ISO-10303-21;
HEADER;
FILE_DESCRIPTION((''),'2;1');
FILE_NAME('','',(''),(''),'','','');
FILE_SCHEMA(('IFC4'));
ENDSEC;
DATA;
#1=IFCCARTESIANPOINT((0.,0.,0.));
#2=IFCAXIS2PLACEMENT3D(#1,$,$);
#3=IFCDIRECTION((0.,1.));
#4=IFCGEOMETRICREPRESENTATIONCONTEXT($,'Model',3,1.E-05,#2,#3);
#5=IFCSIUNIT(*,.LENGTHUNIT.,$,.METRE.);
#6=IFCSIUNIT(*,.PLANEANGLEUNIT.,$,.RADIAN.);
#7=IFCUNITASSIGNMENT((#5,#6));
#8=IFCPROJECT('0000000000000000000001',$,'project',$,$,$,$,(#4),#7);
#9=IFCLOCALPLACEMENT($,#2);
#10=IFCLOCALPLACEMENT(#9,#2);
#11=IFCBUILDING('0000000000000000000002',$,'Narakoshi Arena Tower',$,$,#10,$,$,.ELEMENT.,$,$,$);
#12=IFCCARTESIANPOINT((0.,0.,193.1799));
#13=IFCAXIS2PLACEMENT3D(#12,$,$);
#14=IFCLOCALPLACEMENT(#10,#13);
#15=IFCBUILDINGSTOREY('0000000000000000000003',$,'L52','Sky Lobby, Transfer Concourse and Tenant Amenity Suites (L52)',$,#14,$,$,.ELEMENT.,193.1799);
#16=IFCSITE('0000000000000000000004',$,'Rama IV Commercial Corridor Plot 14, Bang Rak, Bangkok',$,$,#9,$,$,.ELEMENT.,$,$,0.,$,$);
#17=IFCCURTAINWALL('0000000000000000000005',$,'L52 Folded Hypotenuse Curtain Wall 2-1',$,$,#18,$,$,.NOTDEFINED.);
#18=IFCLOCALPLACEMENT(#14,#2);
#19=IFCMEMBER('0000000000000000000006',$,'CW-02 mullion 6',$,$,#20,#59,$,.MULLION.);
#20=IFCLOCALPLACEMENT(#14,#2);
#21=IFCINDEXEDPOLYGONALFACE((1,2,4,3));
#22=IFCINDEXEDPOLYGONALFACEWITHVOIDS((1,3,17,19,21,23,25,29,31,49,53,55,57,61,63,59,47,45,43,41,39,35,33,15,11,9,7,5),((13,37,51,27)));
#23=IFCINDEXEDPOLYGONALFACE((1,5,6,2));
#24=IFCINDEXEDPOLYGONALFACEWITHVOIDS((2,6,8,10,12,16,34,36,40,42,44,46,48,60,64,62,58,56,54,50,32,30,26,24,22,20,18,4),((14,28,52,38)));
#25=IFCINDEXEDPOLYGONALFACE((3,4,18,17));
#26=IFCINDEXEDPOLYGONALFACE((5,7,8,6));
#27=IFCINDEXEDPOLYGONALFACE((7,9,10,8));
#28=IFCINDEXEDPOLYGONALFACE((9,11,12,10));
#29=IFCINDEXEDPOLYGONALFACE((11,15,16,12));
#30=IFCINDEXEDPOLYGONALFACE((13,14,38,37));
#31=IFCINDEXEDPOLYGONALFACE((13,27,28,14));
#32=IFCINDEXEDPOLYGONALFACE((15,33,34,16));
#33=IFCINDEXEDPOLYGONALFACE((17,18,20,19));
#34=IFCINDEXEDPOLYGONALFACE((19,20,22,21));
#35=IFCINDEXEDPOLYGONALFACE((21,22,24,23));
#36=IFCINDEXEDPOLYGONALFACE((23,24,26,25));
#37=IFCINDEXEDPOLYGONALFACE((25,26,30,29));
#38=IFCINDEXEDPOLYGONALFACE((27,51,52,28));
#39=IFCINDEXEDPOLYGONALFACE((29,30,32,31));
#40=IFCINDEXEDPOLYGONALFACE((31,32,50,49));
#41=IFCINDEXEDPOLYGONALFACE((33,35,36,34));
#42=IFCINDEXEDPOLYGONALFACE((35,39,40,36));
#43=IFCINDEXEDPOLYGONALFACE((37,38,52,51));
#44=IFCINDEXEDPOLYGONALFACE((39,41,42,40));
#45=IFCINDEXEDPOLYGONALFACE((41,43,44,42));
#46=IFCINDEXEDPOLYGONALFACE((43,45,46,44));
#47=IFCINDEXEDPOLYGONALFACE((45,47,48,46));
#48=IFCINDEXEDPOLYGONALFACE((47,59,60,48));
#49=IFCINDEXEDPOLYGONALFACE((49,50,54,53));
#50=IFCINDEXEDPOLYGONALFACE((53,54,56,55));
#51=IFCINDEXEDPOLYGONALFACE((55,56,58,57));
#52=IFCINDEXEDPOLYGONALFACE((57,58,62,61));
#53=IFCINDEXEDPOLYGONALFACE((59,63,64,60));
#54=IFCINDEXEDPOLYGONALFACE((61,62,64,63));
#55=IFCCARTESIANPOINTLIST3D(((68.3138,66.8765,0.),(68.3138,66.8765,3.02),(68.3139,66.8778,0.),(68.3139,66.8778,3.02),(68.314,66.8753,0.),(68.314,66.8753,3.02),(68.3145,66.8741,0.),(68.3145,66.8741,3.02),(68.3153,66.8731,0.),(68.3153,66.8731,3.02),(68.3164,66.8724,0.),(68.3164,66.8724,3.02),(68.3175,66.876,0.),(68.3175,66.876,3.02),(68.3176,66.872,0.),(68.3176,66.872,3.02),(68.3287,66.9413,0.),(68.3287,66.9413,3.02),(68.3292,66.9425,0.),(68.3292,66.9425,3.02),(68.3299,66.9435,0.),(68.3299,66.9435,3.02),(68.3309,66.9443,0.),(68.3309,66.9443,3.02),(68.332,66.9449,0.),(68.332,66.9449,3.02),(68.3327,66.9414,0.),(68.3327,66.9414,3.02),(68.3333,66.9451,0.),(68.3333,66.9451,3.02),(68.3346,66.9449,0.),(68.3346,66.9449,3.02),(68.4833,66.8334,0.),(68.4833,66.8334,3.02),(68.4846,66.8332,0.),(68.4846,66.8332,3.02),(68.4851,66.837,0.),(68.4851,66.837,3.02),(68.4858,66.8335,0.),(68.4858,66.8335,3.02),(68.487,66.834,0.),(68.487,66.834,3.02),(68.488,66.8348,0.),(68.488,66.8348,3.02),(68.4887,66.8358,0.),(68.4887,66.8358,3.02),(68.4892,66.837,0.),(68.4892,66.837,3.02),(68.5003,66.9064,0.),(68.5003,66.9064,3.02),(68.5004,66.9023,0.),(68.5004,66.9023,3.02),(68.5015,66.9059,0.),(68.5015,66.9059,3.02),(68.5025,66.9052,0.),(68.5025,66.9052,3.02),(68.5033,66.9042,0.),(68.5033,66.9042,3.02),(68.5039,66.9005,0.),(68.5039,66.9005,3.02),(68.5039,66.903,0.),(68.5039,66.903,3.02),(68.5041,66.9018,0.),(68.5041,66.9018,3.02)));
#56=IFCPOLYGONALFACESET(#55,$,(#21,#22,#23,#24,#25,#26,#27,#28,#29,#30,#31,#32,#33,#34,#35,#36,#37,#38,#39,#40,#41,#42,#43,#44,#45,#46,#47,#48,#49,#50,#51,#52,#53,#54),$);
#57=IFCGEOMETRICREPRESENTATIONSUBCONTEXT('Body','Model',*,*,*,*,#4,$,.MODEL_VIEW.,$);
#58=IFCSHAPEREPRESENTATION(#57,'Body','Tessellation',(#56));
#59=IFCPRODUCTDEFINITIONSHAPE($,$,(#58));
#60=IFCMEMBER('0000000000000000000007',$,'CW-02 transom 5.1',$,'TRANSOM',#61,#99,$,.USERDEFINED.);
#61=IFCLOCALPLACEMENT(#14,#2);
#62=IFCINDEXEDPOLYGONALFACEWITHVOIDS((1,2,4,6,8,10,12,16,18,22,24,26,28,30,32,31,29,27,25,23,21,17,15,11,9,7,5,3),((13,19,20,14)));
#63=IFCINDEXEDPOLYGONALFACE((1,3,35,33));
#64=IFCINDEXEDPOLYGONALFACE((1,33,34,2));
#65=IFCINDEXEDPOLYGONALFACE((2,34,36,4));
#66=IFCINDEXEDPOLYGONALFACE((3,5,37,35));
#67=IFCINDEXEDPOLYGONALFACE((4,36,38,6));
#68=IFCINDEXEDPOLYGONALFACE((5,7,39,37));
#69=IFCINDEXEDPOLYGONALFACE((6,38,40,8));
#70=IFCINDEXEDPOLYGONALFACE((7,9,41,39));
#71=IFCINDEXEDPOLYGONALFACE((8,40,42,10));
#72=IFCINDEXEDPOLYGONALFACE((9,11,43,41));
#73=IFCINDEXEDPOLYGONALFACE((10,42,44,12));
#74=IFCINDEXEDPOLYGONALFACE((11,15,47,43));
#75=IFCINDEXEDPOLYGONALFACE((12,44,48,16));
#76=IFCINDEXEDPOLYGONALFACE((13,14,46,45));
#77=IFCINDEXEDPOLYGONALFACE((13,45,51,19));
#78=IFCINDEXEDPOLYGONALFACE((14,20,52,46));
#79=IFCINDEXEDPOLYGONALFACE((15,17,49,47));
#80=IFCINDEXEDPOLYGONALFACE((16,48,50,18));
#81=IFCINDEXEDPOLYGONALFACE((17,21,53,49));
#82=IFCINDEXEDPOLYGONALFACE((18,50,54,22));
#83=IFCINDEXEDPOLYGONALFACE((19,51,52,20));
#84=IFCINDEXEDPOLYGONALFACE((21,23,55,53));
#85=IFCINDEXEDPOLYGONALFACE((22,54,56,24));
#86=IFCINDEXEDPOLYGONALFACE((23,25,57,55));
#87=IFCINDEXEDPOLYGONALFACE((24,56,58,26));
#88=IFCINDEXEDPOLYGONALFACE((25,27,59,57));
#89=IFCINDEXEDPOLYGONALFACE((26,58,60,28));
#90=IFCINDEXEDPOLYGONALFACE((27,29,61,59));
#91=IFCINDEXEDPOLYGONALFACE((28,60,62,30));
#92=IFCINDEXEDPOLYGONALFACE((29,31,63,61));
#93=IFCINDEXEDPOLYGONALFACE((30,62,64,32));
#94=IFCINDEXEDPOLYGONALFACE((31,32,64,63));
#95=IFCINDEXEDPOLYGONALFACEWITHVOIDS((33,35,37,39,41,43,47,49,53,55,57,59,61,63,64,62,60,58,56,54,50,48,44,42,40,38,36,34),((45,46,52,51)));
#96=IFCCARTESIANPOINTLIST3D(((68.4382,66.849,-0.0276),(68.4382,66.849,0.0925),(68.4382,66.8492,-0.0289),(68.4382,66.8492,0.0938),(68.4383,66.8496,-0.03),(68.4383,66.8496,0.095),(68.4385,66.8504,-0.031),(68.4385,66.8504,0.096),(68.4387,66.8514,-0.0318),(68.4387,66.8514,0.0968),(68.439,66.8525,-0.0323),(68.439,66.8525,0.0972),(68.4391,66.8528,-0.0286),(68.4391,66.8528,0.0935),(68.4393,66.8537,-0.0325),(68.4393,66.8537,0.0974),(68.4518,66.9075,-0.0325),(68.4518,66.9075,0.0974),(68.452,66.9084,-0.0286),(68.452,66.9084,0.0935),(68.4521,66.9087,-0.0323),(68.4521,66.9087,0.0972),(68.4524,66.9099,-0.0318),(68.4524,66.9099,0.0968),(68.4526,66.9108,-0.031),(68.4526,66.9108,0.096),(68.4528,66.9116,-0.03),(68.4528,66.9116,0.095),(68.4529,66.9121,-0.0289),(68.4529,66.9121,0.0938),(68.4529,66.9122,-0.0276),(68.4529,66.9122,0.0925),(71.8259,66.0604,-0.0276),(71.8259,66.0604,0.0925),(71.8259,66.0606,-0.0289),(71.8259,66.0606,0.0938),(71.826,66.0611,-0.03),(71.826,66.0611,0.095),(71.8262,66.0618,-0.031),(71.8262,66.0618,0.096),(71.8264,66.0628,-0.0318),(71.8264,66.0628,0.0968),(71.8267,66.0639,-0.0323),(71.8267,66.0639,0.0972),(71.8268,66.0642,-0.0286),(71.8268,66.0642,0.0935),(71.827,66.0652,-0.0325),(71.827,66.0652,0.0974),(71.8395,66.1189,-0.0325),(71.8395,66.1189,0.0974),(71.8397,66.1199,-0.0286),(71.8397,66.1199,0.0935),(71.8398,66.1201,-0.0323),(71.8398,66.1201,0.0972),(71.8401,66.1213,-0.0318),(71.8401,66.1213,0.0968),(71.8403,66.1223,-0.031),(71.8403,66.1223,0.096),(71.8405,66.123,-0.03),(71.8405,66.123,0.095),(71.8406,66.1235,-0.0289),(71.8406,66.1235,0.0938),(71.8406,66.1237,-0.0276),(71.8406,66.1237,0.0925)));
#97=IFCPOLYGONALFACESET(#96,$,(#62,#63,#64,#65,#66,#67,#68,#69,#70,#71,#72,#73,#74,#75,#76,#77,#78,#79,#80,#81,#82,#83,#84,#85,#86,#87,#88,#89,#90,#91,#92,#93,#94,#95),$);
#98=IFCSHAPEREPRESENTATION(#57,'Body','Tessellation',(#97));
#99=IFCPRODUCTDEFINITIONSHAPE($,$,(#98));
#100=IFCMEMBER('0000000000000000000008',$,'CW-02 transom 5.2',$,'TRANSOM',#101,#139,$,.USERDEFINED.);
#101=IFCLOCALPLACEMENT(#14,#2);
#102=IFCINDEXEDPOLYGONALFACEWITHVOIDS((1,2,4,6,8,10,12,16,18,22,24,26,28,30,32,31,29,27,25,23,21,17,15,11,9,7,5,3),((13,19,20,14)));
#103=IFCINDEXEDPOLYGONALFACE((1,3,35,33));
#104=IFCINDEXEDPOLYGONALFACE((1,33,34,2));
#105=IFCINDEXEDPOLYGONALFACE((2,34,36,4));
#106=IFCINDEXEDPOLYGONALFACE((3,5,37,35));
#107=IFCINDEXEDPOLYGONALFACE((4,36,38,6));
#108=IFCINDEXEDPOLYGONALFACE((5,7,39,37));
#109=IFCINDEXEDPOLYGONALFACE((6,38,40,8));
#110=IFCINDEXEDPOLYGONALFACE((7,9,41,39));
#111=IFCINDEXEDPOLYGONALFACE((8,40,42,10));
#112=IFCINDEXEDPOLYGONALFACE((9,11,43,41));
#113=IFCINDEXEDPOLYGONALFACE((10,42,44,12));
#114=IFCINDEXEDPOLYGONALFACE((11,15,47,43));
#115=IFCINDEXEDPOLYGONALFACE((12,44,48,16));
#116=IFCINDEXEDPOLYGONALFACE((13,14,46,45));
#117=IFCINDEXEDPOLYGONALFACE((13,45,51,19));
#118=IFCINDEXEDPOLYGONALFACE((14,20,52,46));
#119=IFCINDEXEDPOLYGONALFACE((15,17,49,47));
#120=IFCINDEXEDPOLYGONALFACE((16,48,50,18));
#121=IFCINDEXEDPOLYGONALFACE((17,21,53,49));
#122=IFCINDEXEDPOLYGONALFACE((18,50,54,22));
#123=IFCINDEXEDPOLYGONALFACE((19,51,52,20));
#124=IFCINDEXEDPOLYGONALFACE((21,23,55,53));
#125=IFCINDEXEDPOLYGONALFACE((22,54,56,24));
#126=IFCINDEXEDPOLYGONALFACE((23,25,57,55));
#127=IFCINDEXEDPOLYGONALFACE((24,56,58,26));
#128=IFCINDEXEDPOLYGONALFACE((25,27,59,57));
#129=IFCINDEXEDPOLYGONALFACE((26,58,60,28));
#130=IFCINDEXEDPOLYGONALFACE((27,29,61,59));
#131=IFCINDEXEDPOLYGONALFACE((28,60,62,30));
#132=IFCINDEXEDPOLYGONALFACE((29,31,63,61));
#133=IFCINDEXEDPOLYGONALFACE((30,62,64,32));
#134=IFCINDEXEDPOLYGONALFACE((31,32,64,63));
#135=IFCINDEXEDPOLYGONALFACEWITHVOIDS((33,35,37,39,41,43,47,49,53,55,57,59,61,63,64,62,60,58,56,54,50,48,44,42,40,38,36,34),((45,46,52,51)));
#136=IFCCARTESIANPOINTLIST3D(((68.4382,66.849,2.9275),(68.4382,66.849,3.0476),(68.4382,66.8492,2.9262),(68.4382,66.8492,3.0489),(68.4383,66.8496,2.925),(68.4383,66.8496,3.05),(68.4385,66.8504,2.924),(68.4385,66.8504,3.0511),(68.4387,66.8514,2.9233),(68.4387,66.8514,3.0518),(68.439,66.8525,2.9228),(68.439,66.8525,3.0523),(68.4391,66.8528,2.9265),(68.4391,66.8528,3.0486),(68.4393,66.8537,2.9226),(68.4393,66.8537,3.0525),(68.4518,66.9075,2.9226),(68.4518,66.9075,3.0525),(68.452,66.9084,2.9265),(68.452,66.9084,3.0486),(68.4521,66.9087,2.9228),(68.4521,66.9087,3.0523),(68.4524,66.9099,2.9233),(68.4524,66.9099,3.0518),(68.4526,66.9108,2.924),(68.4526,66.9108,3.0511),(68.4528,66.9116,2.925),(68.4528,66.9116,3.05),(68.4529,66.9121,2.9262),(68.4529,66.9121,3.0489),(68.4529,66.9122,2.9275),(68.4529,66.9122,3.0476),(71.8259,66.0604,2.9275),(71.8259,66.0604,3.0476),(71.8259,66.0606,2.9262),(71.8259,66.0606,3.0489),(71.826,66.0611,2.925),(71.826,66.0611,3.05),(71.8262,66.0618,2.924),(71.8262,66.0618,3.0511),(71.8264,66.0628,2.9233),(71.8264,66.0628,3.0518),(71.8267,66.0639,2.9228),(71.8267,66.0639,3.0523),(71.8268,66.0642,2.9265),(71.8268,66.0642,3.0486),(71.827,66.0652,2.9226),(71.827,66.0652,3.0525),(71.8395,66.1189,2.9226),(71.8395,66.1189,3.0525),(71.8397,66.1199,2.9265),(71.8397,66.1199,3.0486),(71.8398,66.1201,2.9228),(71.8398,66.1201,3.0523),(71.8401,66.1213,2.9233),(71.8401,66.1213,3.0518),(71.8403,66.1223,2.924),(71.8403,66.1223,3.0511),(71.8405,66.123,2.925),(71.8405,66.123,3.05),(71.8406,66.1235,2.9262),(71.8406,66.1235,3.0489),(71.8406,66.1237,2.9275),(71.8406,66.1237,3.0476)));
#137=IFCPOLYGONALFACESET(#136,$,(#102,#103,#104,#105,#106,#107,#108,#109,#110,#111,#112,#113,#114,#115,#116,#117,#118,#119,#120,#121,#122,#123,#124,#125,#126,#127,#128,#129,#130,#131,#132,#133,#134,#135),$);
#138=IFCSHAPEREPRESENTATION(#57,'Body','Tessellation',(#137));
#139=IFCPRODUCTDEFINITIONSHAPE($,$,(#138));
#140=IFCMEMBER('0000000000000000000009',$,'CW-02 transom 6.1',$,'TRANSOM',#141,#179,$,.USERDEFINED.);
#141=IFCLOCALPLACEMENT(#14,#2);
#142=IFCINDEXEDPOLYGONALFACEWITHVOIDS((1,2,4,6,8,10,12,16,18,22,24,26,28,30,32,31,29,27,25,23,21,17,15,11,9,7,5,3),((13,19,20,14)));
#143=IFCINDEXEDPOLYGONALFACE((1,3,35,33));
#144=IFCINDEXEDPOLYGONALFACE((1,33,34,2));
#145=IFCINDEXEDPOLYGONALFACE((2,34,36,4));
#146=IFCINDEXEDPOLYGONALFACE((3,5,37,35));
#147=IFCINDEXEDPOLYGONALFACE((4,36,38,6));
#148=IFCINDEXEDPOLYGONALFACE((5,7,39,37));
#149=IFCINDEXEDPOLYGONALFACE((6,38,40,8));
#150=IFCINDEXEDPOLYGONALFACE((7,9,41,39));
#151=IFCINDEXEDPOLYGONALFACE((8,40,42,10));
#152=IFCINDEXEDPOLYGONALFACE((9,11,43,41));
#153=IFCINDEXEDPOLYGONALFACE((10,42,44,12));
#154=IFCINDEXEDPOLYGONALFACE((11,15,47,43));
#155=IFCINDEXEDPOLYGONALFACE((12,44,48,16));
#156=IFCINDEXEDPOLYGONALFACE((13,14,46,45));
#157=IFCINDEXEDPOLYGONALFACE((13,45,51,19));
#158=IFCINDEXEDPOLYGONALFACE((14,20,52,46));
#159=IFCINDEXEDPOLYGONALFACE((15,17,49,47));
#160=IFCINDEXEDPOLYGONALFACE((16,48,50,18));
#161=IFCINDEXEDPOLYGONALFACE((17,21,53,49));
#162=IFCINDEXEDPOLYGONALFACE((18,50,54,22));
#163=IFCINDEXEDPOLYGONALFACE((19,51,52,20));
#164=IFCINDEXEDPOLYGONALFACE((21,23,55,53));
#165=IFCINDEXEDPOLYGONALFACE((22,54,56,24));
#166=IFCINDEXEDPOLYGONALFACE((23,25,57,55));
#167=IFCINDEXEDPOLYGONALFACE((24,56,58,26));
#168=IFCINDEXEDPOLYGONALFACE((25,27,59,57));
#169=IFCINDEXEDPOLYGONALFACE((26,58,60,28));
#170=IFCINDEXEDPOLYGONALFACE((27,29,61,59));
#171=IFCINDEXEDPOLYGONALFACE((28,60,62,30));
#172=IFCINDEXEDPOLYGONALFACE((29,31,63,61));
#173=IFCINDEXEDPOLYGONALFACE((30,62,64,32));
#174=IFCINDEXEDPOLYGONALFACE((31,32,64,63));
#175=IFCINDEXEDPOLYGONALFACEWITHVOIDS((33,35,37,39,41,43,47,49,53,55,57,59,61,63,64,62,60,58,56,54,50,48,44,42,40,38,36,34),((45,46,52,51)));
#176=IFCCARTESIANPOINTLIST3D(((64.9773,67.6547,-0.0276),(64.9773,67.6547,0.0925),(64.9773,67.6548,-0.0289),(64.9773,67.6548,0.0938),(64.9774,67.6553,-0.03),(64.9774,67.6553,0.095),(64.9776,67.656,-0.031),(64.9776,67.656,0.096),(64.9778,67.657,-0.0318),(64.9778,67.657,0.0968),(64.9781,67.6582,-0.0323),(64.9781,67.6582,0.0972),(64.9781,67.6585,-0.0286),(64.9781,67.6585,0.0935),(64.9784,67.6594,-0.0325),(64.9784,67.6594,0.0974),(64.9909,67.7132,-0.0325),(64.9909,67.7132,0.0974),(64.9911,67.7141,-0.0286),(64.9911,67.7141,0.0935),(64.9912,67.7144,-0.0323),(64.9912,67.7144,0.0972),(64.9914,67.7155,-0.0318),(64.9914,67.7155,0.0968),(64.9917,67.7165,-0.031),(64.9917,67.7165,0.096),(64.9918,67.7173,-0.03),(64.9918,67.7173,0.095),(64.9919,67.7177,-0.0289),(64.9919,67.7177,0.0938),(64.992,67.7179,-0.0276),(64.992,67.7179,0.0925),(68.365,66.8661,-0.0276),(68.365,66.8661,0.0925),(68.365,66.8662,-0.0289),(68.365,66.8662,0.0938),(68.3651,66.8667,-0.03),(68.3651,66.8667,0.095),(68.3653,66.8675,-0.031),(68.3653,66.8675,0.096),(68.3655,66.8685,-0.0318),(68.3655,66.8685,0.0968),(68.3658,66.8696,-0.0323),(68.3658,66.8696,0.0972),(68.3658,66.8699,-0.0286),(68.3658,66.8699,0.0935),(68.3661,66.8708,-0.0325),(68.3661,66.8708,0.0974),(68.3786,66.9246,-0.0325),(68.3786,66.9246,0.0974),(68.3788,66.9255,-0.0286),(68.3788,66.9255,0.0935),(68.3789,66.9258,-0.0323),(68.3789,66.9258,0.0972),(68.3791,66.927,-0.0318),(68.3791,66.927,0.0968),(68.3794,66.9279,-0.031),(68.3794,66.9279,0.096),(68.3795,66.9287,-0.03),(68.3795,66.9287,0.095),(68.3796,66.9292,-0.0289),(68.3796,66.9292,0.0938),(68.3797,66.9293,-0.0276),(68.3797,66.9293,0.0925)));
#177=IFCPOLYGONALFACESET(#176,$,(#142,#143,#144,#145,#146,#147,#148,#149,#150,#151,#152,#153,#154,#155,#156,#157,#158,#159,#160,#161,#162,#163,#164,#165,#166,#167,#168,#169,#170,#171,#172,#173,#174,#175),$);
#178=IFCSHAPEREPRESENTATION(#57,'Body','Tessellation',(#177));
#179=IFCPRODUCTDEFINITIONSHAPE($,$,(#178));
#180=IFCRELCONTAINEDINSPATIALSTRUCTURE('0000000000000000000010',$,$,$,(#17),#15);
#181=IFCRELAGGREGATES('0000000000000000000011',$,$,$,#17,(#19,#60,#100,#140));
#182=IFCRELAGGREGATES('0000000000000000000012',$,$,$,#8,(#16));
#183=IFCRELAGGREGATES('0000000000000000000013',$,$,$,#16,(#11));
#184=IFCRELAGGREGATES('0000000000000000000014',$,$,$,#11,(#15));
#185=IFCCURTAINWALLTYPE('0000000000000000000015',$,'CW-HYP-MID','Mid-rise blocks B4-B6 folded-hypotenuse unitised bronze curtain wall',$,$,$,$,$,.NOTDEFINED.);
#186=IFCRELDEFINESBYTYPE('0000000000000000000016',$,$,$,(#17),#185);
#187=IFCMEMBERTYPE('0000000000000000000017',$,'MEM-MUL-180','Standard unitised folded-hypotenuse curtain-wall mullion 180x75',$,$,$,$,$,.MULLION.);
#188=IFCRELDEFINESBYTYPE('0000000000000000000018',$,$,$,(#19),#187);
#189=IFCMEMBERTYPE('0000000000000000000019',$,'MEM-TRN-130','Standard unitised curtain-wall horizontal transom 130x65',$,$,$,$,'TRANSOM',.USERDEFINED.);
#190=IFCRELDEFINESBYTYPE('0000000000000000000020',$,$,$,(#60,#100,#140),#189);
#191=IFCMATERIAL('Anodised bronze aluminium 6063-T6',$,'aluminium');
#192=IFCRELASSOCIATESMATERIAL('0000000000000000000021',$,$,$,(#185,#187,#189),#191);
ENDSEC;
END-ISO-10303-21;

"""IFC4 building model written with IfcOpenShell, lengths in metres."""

from ifc_helpers import new_model, si_unit, direction, frame, origin, origin_2d, place, context, subcontext, project, spatial, hollow_rectangle, extrude, material, material_profile, profile_set, type_object, element, aggregate, save


model = new_model("IFC4")

# Units and contexts
model_context = context("Model", 3, precision=1e-05, world=origin(), true_north=direction((0.0, 1.0)))
body_context = subcontext(model_context, "Body", "Model", "MODEL_VIEW")
ifc_project = project(units=[si_unit("LENGTHUNIT", "METRE"), si_unit("PLANEANGLEUNIT", "RADIAN")], contexts=[model_context])

# Site, building, storey
site_placement = place(None, origin())
site = spatial("IfcSite", under=ifc_project, at=site_placement, Name="Rama IV Commercial Corridor Plot 14, Bang Rak, Bangkok", CompositionType="ELEMENT", RefElevation=0.0)
building_placement = place(site_placement, origin())
building = spatial("IfcBuilding", under=site, at=building_placement, Name="Narakoshi Arena Tower", CompositionType="ELEMENT")
storey_placement = place(building_placement, frame((0.0, 0.0, 193.1799)))
storey = spatial("IfcBuildingStorey", under=building, at=storey_placement, Name="L52", Description="Sky Lobby, Transfer Concourse and Tenant Amenity Suites (L52)", CompositionType="ELEMENT", Elevation=193.1799)

# Curtain wall, members
ifc_material_1 = material(Name="Anodised bronze aluminium 6063-T6", Category="aluminium")
curtain_wall_type = type_object("IfcCurtainWallType", Name="CW-HYP-MID", Description="Mid-rise blocks B4-B6 folded-hypotenuse unitised bronze curtain wall", PredefinedType="NOTDEFINED", material=ifc_material_1)
curtain_wall_placement = place(storey_placement, origin())
curtain_wall = element("IfcCurtainWall", 1, at=curtain_wall_placement, inside=storey, type_object=curtain_wall_type, Name="L52 Folded Hypotenuse Curtain Wall 2-1", PredefinedType="NOTDEFINED")
ifc_material_profile_1 = material_profile(ifc_material_1, hollow_rectangle(XDim=0.075, YDim=0.1799, WallThickness=0.0039, OuterFilletRadius=0.0049, at=origin_2d()), Name="MUL180x75x4")
ifc_profile_set_1 = profile_set([ifc_material_profile_1], Name="Anodised bronze aluminium 6063-T6")
member_type_1 = type_object("IfcMemberType", Name="MEM-MUL-180", Description="Standard unitised folded-hypotenuse curtain-wall mullion 180x75", PredefinedType="MULLION", material=ifc_profile_set_1)
member_1_placement = place(storey_placement, frame((68.4089, 66.8892, 0.0), z_axis=(0.0, 0.0, 1.0), x_axis=(-0.226721, -0.97396, 0.0)))
member_1 = element("IfcMember", 2, at=member_1_placement, type_object=member_type_1, Name="CW-02 mullion 6", PredefinedType="MULLION", context=body_context, shape_type="SweptSolid", body=[
    extrude(hollow_rectangle(XDim=0.075, YDim=0.1799, WallThickness=0.0039, OuterFilletRadius=0.0049, at=origin_2d()), origin(), (0.0, 0.0, 1.0), 3.02),
])
ifc_material_profile_2 = material_profile(ifc_material_1, hollow_rectangle(XDim=0.0649, YDim=0.1299, WallThickness=0.0039, OuterFilletRadius=0.0049, at=origin_2d()), Name="TRN130x65x4")
ifc_profile_set_2 = profile_set([ifc_material_profile_2], Name="Anodised bronze aluminium 6063-T6")
member_type_2 = type_object("IfcMemberType", Name="MEM-TRN-130", Description="Standard unitised curtain-wall horizontal transom 130x65", ElementType="TRANSOM", PredefinedType="USERDEFINED", material=ifc_profile_set_2)
member_2_placement = place(storey_placement, frame((71.8333, 66.092, 0.0325), z_axis=(-0.973961, 0.226715, 0.0), x_axis=(-0.226715, -0.973961, 0.0)))
member_2 = element("IfcMember", 3, at=member_2_placement, type_object=member_type_2, Name="CW-02 transom 5.1", ObjectType="TRANSOM", PredefinedType="USERDEFINED", context=body_context, shape_type="SweptSolid", body=[
    extrude(hollow_rectangle(XDim=0.0649, YDim=0.1299, WallThickness=0.0039, OuterFilletRadius=0.0049, at=origin_2d()), origin(), (0.0, 0.0, 1.0), 3.4783),
])
member_3_placement = place(storey_placement, frame((71.8333, 66.092, 2.9875), z_axis=(-0.973961, 0.226715, 0.0), x_axis=(-0.226715, -0.973961, 0.0)))
member_3 = element("IfcMember", 4, at=member_3_placement, type_object=member_type_2, Name="CW-02 transom 5.2", ObjectType="TRANSOM", PredefinedType="USERDEFINED", context=body_context, shape_type="SweptSolid", body=[
    extrude(hollow_rectangle(XDim=0.0649, YDim=0.1299, WallThickness=0.0039, OuterFilletRadius=0.0049, at=origin_2d()), origin(), (0.0, 0.0, 1.0), 3.4783),
])
member_4_placement = place(storey_placement, frame((68.3723, 66.8977, 0.0325), z_axis=(-0.973961, 0.226715, 0.0), x_axis=(-0.226715, -0.973961, 0.0)))
member_4 = element("IfcMember", 5, at=member_4_placement, type_object=member_type_2, Name="CW-02 transom 6.1", ObjectType="TRANSOM", PredefinedType="USERDEFINED", context=body_context, shape_type="SweptSolid", body=[
    extrude(hollow_rectangle(XDim=0.0649, YDim=0.1299, WallThickness=0.0039, OuterFilletRadius=0.0049, at=origin_2d()), origin(), (0.0, 0.0, 1.0), 3.4783),
])
aggregate(curtain_wall, [member_1, member_2, member_3, member_4])

save(model, "model.ifc")
